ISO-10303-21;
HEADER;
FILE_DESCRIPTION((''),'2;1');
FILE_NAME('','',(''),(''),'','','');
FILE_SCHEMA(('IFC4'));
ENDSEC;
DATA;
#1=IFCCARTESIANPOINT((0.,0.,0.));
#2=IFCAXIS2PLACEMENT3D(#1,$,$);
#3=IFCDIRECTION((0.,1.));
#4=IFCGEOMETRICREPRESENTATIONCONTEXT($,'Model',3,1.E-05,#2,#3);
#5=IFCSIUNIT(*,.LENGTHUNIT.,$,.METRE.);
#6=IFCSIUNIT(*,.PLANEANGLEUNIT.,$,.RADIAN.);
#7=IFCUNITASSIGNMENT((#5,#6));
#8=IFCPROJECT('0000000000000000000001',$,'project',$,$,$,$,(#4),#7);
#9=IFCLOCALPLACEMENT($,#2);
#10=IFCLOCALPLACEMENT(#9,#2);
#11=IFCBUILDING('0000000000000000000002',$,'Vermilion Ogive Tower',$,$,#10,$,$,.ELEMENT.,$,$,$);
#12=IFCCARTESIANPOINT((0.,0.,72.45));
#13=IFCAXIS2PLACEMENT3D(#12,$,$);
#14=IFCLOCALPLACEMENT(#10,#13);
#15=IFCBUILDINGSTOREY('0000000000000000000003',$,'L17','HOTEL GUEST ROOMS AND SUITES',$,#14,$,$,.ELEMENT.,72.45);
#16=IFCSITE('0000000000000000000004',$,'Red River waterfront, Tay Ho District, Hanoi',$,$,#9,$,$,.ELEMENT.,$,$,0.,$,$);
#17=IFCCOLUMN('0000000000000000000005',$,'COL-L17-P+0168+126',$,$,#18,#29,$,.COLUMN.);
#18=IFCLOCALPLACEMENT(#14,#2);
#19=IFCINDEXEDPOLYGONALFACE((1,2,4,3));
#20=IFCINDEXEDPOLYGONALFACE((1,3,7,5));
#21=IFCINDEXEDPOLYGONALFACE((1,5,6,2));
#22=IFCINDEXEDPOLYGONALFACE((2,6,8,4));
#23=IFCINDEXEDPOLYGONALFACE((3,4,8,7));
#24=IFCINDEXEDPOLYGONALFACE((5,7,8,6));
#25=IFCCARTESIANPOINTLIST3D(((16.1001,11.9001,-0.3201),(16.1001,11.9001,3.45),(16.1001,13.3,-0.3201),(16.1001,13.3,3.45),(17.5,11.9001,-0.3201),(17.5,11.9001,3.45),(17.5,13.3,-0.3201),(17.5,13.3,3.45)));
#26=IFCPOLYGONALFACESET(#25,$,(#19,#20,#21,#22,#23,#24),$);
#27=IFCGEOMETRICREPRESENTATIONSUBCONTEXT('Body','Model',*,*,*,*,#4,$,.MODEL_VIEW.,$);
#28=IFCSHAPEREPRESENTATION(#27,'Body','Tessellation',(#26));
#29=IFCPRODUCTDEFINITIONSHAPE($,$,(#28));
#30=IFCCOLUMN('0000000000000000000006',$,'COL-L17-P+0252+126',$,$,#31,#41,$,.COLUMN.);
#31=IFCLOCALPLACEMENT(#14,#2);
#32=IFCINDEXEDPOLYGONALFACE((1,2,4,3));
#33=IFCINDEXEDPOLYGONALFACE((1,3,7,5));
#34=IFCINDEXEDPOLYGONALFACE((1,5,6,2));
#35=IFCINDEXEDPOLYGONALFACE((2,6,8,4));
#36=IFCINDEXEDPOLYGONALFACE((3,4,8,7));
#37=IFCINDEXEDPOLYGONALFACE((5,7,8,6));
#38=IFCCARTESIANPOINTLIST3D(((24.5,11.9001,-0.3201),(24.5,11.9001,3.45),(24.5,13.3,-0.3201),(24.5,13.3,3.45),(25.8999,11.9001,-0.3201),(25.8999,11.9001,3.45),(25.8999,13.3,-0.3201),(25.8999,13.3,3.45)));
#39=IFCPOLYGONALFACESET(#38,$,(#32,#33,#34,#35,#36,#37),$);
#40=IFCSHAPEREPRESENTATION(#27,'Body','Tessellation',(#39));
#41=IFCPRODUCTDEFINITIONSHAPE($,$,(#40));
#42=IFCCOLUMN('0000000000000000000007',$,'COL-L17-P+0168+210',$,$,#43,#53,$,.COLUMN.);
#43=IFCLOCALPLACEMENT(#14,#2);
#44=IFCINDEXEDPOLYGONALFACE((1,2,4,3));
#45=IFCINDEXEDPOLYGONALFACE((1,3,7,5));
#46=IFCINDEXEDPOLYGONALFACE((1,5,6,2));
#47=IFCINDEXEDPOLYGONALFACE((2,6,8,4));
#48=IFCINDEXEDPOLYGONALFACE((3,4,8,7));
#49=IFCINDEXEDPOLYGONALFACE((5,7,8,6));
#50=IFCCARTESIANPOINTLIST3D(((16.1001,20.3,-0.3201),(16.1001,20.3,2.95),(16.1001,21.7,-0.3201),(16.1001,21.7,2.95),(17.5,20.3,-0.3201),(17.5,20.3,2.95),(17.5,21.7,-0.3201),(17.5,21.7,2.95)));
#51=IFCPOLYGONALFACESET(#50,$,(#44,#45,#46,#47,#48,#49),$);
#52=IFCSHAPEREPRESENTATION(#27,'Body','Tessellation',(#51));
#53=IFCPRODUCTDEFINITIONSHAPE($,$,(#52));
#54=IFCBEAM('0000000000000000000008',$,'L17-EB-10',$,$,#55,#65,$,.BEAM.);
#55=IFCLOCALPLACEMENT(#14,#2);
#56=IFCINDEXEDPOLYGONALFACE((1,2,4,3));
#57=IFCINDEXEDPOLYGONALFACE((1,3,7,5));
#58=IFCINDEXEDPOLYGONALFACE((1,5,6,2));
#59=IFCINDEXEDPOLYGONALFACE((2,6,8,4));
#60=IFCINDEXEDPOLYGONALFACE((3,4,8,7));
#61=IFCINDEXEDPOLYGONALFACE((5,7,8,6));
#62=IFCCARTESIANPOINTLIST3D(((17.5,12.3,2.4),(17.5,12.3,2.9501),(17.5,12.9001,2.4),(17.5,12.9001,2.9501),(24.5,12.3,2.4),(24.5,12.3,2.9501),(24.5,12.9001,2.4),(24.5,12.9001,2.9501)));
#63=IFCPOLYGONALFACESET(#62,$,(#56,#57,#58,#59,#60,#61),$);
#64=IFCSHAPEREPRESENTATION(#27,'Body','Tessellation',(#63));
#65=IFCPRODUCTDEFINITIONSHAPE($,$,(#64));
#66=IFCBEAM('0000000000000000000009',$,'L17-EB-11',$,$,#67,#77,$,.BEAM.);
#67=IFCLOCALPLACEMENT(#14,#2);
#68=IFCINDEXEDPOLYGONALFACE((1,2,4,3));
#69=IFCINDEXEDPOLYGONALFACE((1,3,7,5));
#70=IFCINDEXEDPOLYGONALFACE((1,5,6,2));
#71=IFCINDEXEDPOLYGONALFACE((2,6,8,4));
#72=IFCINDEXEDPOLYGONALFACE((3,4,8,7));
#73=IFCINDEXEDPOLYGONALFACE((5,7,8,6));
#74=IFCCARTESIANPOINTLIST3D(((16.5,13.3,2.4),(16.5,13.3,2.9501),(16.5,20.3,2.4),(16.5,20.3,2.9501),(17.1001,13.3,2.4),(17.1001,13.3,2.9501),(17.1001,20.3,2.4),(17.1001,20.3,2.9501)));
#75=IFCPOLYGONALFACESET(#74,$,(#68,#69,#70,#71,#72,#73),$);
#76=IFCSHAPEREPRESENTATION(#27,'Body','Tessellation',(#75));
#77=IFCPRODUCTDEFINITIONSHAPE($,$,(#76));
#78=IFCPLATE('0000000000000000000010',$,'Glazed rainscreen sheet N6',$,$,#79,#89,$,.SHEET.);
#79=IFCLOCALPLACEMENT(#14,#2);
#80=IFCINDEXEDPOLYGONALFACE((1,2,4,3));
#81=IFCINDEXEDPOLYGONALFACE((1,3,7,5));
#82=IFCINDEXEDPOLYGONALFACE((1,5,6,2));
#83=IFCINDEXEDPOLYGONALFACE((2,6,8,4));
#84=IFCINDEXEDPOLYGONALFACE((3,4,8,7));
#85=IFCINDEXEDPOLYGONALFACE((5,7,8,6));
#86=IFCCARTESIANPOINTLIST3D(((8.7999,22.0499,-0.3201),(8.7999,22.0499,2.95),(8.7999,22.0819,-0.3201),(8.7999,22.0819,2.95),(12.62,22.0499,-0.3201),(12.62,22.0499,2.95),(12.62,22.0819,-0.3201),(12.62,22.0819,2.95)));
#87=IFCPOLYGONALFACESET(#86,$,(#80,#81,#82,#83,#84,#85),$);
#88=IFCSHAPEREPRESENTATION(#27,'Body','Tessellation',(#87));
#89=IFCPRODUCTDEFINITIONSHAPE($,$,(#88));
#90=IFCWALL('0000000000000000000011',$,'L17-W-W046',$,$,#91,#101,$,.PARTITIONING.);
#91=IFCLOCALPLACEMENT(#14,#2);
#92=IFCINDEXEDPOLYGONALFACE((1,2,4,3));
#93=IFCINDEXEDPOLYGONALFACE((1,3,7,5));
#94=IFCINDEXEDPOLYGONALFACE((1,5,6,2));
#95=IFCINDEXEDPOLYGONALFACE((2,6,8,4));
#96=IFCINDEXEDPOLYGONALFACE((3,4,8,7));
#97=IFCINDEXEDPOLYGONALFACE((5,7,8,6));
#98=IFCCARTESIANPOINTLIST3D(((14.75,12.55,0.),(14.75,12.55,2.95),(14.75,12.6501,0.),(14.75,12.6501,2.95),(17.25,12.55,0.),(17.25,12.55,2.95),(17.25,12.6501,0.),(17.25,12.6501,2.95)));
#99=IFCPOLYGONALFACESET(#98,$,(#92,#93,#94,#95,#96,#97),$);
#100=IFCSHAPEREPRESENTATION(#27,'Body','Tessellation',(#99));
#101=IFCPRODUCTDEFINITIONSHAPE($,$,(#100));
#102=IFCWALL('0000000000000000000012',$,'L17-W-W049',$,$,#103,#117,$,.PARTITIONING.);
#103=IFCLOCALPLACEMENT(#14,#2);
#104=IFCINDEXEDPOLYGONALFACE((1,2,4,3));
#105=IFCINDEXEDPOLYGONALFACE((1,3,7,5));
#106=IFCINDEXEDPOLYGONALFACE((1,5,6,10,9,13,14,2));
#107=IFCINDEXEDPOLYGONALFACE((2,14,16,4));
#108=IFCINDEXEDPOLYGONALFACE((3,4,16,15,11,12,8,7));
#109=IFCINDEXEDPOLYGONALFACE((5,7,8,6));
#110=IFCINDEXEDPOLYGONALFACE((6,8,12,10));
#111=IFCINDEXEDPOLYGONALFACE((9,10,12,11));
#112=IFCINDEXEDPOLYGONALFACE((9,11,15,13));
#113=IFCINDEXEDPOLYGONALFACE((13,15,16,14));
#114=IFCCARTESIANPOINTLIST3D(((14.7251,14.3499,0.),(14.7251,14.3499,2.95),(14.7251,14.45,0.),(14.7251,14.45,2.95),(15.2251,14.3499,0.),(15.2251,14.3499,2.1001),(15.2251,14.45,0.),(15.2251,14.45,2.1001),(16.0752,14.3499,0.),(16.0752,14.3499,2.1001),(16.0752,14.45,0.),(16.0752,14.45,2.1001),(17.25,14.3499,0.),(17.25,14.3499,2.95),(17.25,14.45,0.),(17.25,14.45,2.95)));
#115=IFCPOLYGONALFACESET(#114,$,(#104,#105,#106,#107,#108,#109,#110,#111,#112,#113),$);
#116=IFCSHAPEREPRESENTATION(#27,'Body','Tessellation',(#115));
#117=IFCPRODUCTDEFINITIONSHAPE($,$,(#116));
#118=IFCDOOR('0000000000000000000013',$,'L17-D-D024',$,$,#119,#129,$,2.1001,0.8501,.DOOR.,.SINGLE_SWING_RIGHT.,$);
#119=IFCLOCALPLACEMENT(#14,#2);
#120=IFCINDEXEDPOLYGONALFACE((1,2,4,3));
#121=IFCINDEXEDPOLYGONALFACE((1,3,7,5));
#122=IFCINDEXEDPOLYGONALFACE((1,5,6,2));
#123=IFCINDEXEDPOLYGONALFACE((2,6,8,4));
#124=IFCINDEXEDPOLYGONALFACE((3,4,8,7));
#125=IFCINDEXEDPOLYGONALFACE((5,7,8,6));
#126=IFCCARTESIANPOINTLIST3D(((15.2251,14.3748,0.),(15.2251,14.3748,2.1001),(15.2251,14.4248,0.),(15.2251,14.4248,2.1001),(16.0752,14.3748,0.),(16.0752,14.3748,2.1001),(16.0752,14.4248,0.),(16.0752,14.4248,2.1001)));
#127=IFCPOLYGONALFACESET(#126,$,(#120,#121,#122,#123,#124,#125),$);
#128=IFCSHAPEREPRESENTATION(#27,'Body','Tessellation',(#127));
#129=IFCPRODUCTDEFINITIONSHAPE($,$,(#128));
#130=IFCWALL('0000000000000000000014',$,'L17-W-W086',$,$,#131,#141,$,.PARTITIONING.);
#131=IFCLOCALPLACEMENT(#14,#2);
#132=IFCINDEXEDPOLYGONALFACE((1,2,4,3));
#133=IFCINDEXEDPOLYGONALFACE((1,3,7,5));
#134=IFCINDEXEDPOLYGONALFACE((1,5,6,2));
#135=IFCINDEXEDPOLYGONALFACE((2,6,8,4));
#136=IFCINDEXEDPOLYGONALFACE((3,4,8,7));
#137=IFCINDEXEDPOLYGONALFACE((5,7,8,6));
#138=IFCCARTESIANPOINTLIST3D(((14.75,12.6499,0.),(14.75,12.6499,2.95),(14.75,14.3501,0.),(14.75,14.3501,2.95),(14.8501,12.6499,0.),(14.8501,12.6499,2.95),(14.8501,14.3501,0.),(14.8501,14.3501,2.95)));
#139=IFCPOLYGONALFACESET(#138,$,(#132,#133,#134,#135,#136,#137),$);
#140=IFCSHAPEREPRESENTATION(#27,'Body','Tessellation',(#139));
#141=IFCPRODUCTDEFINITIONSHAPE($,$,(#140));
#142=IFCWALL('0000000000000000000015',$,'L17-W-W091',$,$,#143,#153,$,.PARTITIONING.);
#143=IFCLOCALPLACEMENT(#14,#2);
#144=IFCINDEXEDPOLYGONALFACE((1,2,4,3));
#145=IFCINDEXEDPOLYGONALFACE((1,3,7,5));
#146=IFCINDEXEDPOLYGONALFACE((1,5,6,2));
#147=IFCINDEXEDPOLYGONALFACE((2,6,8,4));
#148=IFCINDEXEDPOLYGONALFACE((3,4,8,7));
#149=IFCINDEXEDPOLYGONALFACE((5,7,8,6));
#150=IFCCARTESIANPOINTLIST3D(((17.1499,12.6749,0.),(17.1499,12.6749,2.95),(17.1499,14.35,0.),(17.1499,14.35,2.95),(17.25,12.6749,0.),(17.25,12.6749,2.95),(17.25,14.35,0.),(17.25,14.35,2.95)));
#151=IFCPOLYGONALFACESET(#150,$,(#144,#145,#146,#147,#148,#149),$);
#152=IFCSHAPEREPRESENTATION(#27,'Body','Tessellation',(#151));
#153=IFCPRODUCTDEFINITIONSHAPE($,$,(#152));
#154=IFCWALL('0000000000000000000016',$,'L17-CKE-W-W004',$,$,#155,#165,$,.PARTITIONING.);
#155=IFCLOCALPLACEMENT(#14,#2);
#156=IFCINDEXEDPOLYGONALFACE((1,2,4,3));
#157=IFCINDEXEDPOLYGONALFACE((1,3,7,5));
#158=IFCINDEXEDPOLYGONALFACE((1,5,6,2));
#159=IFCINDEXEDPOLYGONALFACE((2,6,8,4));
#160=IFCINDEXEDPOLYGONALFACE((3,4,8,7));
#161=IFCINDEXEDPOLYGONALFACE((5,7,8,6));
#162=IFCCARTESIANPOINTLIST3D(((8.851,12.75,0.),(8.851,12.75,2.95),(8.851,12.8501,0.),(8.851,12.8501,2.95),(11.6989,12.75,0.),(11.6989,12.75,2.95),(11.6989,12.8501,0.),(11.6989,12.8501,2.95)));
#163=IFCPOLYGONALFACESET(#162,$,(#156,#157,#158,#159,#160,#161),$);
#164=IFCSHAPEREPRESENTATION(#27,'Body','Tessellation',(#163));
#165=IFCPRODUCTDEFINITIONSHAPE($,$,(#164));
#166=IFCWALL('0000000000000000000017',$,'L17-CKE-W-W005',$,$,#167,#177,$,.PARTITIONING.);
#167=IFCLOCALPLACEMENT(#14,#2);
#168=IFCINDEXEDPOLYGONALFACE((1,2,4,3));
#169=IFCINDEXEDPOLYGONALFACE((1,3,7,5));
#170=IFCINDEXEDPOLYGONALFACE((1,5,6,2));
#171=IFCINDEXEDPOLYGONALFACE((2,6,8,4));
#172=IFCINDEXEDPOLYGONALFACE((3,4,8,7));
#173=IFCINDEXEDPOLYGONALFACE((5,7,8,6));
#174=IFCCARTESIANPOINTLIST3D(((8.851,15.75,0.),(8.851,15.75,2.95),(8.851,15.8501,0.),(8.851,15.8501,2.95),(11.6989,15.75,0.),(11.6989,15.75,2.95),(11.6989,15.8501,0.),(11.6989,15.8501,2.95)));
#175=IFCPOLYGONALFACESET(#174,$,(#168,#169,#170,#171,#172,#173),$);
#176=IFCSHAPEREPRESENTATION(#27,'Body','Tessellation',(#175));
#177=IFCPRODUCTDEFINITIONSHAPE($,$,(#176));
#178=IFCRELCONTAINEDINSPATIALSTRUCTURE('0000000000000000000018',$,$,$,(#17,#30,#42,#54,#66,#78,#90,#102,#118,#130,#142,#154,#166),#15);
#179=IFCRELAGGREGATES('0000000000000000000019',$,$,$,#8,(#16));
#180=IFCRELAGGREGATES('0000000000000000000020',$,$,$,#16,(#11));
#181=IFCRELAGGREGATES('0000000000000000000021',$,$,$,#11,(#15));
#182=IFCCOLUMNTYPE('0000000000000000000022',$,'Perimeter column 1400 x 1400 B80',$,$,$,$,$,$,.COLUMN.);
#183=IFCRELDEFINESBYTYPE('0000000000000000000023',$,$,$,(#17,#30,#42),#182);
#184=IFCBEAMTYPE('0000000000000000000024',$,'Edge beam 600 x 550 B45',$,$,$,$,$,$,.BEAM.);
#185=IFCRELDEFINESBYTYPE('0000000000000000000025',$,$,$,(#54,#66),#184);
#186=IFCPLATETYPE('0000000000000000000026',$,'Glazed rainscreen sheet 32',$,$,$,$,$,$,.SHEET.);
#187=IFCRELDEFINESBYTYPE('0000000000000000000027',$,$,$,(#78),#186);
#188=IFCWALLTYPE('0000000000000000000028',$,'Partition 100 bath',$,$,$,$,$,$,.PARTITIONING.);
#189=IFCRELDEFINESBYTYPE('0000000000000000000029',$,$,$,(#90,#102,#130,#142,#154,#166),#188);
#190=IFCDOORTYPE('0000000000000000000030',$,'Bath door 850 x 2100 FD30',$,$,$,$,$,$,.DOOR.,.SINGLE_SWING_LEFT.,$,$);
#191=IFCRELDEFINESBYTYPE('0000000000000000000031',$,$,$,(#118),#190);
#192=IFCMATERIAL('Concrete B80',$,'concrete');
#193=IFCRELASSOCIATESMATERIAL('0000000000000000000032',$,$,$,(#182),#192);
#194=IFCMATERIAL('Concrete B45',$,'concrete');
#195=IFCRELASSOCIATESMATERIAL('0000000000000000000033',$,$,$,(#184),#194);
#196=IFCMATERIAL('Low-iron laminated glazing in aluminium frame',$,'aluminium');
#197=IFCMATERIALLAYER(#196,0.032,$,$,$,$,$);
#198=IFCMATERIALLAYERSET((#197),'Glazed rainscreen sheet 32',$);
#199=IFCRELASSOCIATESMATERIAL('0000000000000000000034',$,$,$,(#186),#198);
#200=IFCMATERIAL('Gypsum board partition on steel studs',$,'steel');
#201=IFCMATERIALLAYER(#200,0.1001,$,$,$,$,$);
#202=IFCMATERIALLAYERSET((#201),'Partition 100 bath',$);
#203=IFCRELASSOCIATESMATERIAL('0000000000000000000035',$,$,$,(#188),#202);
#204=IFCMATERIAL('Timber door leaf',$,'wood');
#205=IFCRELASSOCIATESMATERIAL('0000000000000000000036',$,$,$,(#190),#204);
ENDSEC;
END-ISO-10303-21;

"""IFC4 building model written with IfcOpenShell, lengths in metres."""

from ifc_helpers import new_model, si_unit, direction, frame, frame_2d, origin, origin_2d, place, context, subcontext, project, spatial, rectangle, extrude, material, layer, layer_set, material_profile, profile_set, type_object, element, fill, save


model = new_model("IFC4")

# Units and contexts
model_context = context("Model", 3, precision=1e-05, world=origin(), true_north=direction((0.0, 1.0)))
body_context = subcontext(model_context, "Body", "Model", "MODEL_VIEW")
ifc_project = project(units=[si_unit("LENGTHUNIT", "METRE"), si_unit("PLANEANGLEUNIT", "RADIAN")], contexts=[model_context])

# Site, building, storey
site_placement = place(None, origin())
site = spatial("IfcSite", under=ifc_project, at=site_placement, Name="Red River waterfront, Tay Ho District, Hanoi", CompositionType="ELEMENT", RefElevation=0.0)
building_placement = place(site_placement, origin())
building = spatial("IfcBuilding", under=site, at=building_placement, Name="Vermilion Ogive Tower", CompositionType="ELEMENT")
storey_placement = place(building_placement, frame((0.0, 0.0, 72.45)))
storey = spatial("IfcBuildingStorey", under=building, at=storey_placement, Name="L17", Description="HOTEL GUEST ROOMS AND SUITES", CompositionType="ELEMENT", Elevation=72.45)

# Columns
ifc_material_1 = material(Name="Concrete B80", Category="concrete")
ifc_material_profile_1 = material_profile(ifc_material_1, rectangle(XDim=1.3999, YDim=1.3999, at=origin_2d()), Name="1400 x 1400")
ifc_profile_set_1 = profile_set([ifc_material_profile_1], Name="Concrete B80")
column_type = type_object("IfcColumnType", Name="Perimeter column 1400 x 1400 B80", PredefinedType="COLUMN", material=ifc_profile_set_1)
for number, where, z_axis, x_axis, name in (
    (1, (16.8, 12.6001, -0.3201), (0.0, 0.0, 1.0), (1.0, 0.0, 0.0), "COL-L17-P+0168+126"),
    (2, (25.2, 12.6001, -0.3201), (0.0, 0.0, 1.0), (1.0, 0.0, 0.0), "COL-L17-P+0252+126"),
):
    element("IfcColumn", number, at=place(storey_placement, frame(where, z_axis=z_axis, x_axis=x_axis)), inside=storey, type_object=column_type, Name=name, PredefinedType="COLUMN", context=body_context, shape_type="SweptSolid", body=[
        extrude(rectangle(XDim=1.3999, YDim=1.3999, at=origin_2d()), origin(), (0.0, 0.0, 1.0), 3.77),
    ])
column_placement = place(storey_placement, frame((16.8, 21.0, -0.3201), z_axis=(0.0, 0.0, 1.0), x_axis=(1.0, 0.0, 0.0)))
element("IfcColumn", 3, at=column_placement, inside=storey, type_object=column_type, Name="COL-L17-P+0168+210", PredefinedType="COLUMN", context=body_context, shape_type="SweptSolid", body=[
    extrude(rectangle(XDim=1.3999, YDim=1.3999, at=origin_2d()), origin(), (0.0, 0.0, 1.0), 3.27),
])

# Beams
ifc_material_2 = material(Name="Concrete B45", Category="concrete")
ifc_material_profile_2 = material_profile(ifc_material_2, rectangle(XDim=0.6001, YDim=0.55, at=origin_2d()), Name="600 x 550")
ifc_profile_set_2 = profile_set([ifc_material_profile_2], Name="Concrete B45")
beam_type = type_object("IfcBeamType", Name="Edge beam 600 x 550 B45", PredefinedType="BEAM", material=ifc_profile_set_2)
for number, where, z_axis, x_axis, name in (
    (4, (24.5, 12.6001, 2.675), (-1.0, 0.0, 0.0), (0.0, -1.0, 0.0), "L17-EB-10"),
    (5, (16.8, 13.3, 2.675), (0.0, 1.0, 0.0), (-1.0, 0.0, 0.0), "L17-EB-11"),
):
    element("IfcBeam", number, at=place(storey_placement, frame(where, z_axis=z_axis, x_axis=x_axis)), inside=storey, type_object=beam_type, Name=name, PredefinedType="BEAM", context=body_context, shape_type="SweptSolid", body=[
        extrude(rectangle(XDim=0.6001, YDim=0.55, at=origin_2d()), origin(), (0.0, 0.0, 1.0), 7.0),
    ])

# Plate
ifc_material_3 = material(Name="Low-iron laminated glazing in aluminium frame", Category="aluminium")
ifc_layer_1 = layer(ifc_material_3, 0.032)
ifc_layer_set_1 = layer_set([ifc_layer_1], Name="Glazed rainscreen sheet 32")
plate_type = type_object("IfcPlateType", Name="Glazed rainscreen sheet 32", PredefinedType="SHEET", material=ifc_layer_set_1)
plate_placement = place(storey_placement, frame((10.71, 22.0659, -0.3201), z_axis=(0.0, 0.0, 1.0), x_axis=(1.0, 0.0, 0.0)))
element("IfcPlate", 6, at=plate_placement, inside=storey, type_object=plate_type, Name="Glazed rainscreen sheet N6", PredefinedType="SHEET", context=body_context, shape_type="SweptSolid", body=[
    extrude(rectangle(XDim=3.8201, YDim=0.032, at=origin_2d()), origin(), (0.0, 0.0, 1.0), 3.27),
])

# Wall
ifc_material_4 = material(Name="Gypsum board partition on steel studs", Category="steel")
ifc_layer_2 = layer(ifc_material_4, 0.1001)
ifc_layer_set_2 = layer_set([ifc_layer_2], Name="Partition 100 bath")
wall_type_1 = type_object("IfcWallType", Name="Partition 100 bath", PredefinedType="PARTITIONING", material=ifc_layer_set_2)
wall_1_placement = place(storey_placement, frame((14.75, 12.6001, 0.0), z_axis=(0.0, 0.0, 1.0), x_axis=(1.0, 0.0, 0.0)))
element("IfcWall", 7, at=wall_1_placement, inside=storey, type_object=wall_type_1, Name="L17-W-W046", PredefinedType="PARTITIONING", context=body_context, shape_type="SweptSolid", body=[
    extrude(rectangle(XDim=2.5, YDim=0.1001, at=frame_2d((1.25, 0.0))), origin(), (0.0, 0.0, 1.0), 2.95),
])

# Wall, opening, door
wall_2_placement = place(storey_placement, frame((14.7251, 14.3999, 0.0), z_axis=(0.0, 0.0, 1.0), x_axis=(1.0, 0.0, 0.0)))
wall_2 = element("IfcWall", 8, at=wall_2_placement, inside=storey, type_object=wall_type_1, Name="L17-W-W049", PredefinedType="PARTITIONING", context=body_context, shape_type="SweptSolid", body=[
    extrude(rectangle(XDim=2.5249, YDim=0.1001, at=frame_2d((1.2625, 0.0))), origin(), (0.0, 0.0, 1.0), 2.95),
])
opening_1_placement = place(wall_2_placement, frame((0.5, 0.0, 0.0)))
opening_1 = element("IfcOpeningElement", 9, at=opening_1_placement, cuts=wall_2, PredefinedType="OPENING", context=body_context, shape_type="SweptSolid", body=[
    extrude(rectangle(XDim=0.8501, YDim=2.1001, at=frame_2d((0.425, 1.05))), frame((0.0, 0.0601, 0.0), z_axis=(0.0, -1.0, 0.0), x_axis=(1.0, 0.0, 0.0)), (0.0, 0.0, 1.0), 0.1201),
])
ifc_material_5 = material(Name="Timber door leaf", Category="wood")
door_type_1 = type_object("IfcDoorType", Name="Bath door 850 x 2100 FD30", OperationType="SINGLE_SWING_LEFT", PredefinedType="DOOR", material=ifc_material_5)
door_1_placement = place(opening_1_placement, origin())
door_1 = element("IfcDoor", 10, at=door_1_placement, inside=storey, type_object=door_type_1, Name="L17-D-D024", OperationType="SINGLE_SWING_RIGHT", OverallHeight=2.1001, OverallWidth=0.8501, PredefinedType="DOOR", context=body_context, shape_type="SweptSolid", body=[
    extrude(rectangle(XDim=0.8501, YDim=2.1001, at=frame_2d((0.425, 1.05))), frame((0.0, 0.0249, 0.0), z_axis=(0.0, -1.0, 0.0), x_axis=(1.0, 0.0, 0.0)), (0.0, 0.0, 1.0), 0.05),
])
fill(opening_1, door_1)

# Walls
wall_3_placement = place(storey_placement, frame((14.8, 12.6499, 0.0), z_axis=(0.0, 0.0, 1.0), x_axis=(0.0, 1.0, 0.0)))
element("IfcWall", 11, at=wall_3_placement, inside=storey, type_object=wall_type_1, Name="L17-W-W086", PredefinedType="PARTITIONING", context=body_context, shape_type="SweptSolid", body=[
    extrude(rectangle(XDim=1.7002, YDim=0.1001, at=frame_2d((0.8501, 0.0))), origin(), (0.0, 0.0, 1.0), 2.95),
])
wall_4_placement = place(storey_placement, frame((17.2, 12.675, 0.0), z_axis=(0.0, 0.0, 1.0), x_axis=(0.0, 1.0, 0.0)))
element("IfcWall", 12, at=wall_4_placement, inside=storey, type_object=wall_type_1, Name="L17-W-W091", PredefinedType="PARTITIONING", context=body_context, shape_type="SweptSolid", body=[
    extrude(rectangle(XDim=1.675, YDim=0.1001, at=frame_2d((0.8374, 0.0))), origin(), (0.0, 0.0, 1.0), 2.95),
])
for number, where, z_axis, x_axis, name in (
    (13, (8.8511, 12.8, 0.0), (0.0, 0.0, 1.0), (1.0, 0.0, 0.0), "L17-CKE-W-W004"),
    (14, (8.8511, 15.8, 0.0), (0.0, 0.0, 1.0), (1.0, 0.0, 0.0), "L17-CKE-W-W005"),
):
    element("IfcWall", number, at=place(storey_placement, frame(where, z_axis=z_axis, x_axis=x_axis)), inside=storey, type_object=wall_type_1, Name=name, PredefinedType="PARTITIONING", context=body_context, shape_type="SweptSolid", body=[
        extrude(rectangle(XDim=2.8479, YDim=0.1001, at=frame_2d((1.4238, 0.0))), origin(), (0.0, 0.0, 1.0), 2.95),
    ])

save(model, "model.ifc")
